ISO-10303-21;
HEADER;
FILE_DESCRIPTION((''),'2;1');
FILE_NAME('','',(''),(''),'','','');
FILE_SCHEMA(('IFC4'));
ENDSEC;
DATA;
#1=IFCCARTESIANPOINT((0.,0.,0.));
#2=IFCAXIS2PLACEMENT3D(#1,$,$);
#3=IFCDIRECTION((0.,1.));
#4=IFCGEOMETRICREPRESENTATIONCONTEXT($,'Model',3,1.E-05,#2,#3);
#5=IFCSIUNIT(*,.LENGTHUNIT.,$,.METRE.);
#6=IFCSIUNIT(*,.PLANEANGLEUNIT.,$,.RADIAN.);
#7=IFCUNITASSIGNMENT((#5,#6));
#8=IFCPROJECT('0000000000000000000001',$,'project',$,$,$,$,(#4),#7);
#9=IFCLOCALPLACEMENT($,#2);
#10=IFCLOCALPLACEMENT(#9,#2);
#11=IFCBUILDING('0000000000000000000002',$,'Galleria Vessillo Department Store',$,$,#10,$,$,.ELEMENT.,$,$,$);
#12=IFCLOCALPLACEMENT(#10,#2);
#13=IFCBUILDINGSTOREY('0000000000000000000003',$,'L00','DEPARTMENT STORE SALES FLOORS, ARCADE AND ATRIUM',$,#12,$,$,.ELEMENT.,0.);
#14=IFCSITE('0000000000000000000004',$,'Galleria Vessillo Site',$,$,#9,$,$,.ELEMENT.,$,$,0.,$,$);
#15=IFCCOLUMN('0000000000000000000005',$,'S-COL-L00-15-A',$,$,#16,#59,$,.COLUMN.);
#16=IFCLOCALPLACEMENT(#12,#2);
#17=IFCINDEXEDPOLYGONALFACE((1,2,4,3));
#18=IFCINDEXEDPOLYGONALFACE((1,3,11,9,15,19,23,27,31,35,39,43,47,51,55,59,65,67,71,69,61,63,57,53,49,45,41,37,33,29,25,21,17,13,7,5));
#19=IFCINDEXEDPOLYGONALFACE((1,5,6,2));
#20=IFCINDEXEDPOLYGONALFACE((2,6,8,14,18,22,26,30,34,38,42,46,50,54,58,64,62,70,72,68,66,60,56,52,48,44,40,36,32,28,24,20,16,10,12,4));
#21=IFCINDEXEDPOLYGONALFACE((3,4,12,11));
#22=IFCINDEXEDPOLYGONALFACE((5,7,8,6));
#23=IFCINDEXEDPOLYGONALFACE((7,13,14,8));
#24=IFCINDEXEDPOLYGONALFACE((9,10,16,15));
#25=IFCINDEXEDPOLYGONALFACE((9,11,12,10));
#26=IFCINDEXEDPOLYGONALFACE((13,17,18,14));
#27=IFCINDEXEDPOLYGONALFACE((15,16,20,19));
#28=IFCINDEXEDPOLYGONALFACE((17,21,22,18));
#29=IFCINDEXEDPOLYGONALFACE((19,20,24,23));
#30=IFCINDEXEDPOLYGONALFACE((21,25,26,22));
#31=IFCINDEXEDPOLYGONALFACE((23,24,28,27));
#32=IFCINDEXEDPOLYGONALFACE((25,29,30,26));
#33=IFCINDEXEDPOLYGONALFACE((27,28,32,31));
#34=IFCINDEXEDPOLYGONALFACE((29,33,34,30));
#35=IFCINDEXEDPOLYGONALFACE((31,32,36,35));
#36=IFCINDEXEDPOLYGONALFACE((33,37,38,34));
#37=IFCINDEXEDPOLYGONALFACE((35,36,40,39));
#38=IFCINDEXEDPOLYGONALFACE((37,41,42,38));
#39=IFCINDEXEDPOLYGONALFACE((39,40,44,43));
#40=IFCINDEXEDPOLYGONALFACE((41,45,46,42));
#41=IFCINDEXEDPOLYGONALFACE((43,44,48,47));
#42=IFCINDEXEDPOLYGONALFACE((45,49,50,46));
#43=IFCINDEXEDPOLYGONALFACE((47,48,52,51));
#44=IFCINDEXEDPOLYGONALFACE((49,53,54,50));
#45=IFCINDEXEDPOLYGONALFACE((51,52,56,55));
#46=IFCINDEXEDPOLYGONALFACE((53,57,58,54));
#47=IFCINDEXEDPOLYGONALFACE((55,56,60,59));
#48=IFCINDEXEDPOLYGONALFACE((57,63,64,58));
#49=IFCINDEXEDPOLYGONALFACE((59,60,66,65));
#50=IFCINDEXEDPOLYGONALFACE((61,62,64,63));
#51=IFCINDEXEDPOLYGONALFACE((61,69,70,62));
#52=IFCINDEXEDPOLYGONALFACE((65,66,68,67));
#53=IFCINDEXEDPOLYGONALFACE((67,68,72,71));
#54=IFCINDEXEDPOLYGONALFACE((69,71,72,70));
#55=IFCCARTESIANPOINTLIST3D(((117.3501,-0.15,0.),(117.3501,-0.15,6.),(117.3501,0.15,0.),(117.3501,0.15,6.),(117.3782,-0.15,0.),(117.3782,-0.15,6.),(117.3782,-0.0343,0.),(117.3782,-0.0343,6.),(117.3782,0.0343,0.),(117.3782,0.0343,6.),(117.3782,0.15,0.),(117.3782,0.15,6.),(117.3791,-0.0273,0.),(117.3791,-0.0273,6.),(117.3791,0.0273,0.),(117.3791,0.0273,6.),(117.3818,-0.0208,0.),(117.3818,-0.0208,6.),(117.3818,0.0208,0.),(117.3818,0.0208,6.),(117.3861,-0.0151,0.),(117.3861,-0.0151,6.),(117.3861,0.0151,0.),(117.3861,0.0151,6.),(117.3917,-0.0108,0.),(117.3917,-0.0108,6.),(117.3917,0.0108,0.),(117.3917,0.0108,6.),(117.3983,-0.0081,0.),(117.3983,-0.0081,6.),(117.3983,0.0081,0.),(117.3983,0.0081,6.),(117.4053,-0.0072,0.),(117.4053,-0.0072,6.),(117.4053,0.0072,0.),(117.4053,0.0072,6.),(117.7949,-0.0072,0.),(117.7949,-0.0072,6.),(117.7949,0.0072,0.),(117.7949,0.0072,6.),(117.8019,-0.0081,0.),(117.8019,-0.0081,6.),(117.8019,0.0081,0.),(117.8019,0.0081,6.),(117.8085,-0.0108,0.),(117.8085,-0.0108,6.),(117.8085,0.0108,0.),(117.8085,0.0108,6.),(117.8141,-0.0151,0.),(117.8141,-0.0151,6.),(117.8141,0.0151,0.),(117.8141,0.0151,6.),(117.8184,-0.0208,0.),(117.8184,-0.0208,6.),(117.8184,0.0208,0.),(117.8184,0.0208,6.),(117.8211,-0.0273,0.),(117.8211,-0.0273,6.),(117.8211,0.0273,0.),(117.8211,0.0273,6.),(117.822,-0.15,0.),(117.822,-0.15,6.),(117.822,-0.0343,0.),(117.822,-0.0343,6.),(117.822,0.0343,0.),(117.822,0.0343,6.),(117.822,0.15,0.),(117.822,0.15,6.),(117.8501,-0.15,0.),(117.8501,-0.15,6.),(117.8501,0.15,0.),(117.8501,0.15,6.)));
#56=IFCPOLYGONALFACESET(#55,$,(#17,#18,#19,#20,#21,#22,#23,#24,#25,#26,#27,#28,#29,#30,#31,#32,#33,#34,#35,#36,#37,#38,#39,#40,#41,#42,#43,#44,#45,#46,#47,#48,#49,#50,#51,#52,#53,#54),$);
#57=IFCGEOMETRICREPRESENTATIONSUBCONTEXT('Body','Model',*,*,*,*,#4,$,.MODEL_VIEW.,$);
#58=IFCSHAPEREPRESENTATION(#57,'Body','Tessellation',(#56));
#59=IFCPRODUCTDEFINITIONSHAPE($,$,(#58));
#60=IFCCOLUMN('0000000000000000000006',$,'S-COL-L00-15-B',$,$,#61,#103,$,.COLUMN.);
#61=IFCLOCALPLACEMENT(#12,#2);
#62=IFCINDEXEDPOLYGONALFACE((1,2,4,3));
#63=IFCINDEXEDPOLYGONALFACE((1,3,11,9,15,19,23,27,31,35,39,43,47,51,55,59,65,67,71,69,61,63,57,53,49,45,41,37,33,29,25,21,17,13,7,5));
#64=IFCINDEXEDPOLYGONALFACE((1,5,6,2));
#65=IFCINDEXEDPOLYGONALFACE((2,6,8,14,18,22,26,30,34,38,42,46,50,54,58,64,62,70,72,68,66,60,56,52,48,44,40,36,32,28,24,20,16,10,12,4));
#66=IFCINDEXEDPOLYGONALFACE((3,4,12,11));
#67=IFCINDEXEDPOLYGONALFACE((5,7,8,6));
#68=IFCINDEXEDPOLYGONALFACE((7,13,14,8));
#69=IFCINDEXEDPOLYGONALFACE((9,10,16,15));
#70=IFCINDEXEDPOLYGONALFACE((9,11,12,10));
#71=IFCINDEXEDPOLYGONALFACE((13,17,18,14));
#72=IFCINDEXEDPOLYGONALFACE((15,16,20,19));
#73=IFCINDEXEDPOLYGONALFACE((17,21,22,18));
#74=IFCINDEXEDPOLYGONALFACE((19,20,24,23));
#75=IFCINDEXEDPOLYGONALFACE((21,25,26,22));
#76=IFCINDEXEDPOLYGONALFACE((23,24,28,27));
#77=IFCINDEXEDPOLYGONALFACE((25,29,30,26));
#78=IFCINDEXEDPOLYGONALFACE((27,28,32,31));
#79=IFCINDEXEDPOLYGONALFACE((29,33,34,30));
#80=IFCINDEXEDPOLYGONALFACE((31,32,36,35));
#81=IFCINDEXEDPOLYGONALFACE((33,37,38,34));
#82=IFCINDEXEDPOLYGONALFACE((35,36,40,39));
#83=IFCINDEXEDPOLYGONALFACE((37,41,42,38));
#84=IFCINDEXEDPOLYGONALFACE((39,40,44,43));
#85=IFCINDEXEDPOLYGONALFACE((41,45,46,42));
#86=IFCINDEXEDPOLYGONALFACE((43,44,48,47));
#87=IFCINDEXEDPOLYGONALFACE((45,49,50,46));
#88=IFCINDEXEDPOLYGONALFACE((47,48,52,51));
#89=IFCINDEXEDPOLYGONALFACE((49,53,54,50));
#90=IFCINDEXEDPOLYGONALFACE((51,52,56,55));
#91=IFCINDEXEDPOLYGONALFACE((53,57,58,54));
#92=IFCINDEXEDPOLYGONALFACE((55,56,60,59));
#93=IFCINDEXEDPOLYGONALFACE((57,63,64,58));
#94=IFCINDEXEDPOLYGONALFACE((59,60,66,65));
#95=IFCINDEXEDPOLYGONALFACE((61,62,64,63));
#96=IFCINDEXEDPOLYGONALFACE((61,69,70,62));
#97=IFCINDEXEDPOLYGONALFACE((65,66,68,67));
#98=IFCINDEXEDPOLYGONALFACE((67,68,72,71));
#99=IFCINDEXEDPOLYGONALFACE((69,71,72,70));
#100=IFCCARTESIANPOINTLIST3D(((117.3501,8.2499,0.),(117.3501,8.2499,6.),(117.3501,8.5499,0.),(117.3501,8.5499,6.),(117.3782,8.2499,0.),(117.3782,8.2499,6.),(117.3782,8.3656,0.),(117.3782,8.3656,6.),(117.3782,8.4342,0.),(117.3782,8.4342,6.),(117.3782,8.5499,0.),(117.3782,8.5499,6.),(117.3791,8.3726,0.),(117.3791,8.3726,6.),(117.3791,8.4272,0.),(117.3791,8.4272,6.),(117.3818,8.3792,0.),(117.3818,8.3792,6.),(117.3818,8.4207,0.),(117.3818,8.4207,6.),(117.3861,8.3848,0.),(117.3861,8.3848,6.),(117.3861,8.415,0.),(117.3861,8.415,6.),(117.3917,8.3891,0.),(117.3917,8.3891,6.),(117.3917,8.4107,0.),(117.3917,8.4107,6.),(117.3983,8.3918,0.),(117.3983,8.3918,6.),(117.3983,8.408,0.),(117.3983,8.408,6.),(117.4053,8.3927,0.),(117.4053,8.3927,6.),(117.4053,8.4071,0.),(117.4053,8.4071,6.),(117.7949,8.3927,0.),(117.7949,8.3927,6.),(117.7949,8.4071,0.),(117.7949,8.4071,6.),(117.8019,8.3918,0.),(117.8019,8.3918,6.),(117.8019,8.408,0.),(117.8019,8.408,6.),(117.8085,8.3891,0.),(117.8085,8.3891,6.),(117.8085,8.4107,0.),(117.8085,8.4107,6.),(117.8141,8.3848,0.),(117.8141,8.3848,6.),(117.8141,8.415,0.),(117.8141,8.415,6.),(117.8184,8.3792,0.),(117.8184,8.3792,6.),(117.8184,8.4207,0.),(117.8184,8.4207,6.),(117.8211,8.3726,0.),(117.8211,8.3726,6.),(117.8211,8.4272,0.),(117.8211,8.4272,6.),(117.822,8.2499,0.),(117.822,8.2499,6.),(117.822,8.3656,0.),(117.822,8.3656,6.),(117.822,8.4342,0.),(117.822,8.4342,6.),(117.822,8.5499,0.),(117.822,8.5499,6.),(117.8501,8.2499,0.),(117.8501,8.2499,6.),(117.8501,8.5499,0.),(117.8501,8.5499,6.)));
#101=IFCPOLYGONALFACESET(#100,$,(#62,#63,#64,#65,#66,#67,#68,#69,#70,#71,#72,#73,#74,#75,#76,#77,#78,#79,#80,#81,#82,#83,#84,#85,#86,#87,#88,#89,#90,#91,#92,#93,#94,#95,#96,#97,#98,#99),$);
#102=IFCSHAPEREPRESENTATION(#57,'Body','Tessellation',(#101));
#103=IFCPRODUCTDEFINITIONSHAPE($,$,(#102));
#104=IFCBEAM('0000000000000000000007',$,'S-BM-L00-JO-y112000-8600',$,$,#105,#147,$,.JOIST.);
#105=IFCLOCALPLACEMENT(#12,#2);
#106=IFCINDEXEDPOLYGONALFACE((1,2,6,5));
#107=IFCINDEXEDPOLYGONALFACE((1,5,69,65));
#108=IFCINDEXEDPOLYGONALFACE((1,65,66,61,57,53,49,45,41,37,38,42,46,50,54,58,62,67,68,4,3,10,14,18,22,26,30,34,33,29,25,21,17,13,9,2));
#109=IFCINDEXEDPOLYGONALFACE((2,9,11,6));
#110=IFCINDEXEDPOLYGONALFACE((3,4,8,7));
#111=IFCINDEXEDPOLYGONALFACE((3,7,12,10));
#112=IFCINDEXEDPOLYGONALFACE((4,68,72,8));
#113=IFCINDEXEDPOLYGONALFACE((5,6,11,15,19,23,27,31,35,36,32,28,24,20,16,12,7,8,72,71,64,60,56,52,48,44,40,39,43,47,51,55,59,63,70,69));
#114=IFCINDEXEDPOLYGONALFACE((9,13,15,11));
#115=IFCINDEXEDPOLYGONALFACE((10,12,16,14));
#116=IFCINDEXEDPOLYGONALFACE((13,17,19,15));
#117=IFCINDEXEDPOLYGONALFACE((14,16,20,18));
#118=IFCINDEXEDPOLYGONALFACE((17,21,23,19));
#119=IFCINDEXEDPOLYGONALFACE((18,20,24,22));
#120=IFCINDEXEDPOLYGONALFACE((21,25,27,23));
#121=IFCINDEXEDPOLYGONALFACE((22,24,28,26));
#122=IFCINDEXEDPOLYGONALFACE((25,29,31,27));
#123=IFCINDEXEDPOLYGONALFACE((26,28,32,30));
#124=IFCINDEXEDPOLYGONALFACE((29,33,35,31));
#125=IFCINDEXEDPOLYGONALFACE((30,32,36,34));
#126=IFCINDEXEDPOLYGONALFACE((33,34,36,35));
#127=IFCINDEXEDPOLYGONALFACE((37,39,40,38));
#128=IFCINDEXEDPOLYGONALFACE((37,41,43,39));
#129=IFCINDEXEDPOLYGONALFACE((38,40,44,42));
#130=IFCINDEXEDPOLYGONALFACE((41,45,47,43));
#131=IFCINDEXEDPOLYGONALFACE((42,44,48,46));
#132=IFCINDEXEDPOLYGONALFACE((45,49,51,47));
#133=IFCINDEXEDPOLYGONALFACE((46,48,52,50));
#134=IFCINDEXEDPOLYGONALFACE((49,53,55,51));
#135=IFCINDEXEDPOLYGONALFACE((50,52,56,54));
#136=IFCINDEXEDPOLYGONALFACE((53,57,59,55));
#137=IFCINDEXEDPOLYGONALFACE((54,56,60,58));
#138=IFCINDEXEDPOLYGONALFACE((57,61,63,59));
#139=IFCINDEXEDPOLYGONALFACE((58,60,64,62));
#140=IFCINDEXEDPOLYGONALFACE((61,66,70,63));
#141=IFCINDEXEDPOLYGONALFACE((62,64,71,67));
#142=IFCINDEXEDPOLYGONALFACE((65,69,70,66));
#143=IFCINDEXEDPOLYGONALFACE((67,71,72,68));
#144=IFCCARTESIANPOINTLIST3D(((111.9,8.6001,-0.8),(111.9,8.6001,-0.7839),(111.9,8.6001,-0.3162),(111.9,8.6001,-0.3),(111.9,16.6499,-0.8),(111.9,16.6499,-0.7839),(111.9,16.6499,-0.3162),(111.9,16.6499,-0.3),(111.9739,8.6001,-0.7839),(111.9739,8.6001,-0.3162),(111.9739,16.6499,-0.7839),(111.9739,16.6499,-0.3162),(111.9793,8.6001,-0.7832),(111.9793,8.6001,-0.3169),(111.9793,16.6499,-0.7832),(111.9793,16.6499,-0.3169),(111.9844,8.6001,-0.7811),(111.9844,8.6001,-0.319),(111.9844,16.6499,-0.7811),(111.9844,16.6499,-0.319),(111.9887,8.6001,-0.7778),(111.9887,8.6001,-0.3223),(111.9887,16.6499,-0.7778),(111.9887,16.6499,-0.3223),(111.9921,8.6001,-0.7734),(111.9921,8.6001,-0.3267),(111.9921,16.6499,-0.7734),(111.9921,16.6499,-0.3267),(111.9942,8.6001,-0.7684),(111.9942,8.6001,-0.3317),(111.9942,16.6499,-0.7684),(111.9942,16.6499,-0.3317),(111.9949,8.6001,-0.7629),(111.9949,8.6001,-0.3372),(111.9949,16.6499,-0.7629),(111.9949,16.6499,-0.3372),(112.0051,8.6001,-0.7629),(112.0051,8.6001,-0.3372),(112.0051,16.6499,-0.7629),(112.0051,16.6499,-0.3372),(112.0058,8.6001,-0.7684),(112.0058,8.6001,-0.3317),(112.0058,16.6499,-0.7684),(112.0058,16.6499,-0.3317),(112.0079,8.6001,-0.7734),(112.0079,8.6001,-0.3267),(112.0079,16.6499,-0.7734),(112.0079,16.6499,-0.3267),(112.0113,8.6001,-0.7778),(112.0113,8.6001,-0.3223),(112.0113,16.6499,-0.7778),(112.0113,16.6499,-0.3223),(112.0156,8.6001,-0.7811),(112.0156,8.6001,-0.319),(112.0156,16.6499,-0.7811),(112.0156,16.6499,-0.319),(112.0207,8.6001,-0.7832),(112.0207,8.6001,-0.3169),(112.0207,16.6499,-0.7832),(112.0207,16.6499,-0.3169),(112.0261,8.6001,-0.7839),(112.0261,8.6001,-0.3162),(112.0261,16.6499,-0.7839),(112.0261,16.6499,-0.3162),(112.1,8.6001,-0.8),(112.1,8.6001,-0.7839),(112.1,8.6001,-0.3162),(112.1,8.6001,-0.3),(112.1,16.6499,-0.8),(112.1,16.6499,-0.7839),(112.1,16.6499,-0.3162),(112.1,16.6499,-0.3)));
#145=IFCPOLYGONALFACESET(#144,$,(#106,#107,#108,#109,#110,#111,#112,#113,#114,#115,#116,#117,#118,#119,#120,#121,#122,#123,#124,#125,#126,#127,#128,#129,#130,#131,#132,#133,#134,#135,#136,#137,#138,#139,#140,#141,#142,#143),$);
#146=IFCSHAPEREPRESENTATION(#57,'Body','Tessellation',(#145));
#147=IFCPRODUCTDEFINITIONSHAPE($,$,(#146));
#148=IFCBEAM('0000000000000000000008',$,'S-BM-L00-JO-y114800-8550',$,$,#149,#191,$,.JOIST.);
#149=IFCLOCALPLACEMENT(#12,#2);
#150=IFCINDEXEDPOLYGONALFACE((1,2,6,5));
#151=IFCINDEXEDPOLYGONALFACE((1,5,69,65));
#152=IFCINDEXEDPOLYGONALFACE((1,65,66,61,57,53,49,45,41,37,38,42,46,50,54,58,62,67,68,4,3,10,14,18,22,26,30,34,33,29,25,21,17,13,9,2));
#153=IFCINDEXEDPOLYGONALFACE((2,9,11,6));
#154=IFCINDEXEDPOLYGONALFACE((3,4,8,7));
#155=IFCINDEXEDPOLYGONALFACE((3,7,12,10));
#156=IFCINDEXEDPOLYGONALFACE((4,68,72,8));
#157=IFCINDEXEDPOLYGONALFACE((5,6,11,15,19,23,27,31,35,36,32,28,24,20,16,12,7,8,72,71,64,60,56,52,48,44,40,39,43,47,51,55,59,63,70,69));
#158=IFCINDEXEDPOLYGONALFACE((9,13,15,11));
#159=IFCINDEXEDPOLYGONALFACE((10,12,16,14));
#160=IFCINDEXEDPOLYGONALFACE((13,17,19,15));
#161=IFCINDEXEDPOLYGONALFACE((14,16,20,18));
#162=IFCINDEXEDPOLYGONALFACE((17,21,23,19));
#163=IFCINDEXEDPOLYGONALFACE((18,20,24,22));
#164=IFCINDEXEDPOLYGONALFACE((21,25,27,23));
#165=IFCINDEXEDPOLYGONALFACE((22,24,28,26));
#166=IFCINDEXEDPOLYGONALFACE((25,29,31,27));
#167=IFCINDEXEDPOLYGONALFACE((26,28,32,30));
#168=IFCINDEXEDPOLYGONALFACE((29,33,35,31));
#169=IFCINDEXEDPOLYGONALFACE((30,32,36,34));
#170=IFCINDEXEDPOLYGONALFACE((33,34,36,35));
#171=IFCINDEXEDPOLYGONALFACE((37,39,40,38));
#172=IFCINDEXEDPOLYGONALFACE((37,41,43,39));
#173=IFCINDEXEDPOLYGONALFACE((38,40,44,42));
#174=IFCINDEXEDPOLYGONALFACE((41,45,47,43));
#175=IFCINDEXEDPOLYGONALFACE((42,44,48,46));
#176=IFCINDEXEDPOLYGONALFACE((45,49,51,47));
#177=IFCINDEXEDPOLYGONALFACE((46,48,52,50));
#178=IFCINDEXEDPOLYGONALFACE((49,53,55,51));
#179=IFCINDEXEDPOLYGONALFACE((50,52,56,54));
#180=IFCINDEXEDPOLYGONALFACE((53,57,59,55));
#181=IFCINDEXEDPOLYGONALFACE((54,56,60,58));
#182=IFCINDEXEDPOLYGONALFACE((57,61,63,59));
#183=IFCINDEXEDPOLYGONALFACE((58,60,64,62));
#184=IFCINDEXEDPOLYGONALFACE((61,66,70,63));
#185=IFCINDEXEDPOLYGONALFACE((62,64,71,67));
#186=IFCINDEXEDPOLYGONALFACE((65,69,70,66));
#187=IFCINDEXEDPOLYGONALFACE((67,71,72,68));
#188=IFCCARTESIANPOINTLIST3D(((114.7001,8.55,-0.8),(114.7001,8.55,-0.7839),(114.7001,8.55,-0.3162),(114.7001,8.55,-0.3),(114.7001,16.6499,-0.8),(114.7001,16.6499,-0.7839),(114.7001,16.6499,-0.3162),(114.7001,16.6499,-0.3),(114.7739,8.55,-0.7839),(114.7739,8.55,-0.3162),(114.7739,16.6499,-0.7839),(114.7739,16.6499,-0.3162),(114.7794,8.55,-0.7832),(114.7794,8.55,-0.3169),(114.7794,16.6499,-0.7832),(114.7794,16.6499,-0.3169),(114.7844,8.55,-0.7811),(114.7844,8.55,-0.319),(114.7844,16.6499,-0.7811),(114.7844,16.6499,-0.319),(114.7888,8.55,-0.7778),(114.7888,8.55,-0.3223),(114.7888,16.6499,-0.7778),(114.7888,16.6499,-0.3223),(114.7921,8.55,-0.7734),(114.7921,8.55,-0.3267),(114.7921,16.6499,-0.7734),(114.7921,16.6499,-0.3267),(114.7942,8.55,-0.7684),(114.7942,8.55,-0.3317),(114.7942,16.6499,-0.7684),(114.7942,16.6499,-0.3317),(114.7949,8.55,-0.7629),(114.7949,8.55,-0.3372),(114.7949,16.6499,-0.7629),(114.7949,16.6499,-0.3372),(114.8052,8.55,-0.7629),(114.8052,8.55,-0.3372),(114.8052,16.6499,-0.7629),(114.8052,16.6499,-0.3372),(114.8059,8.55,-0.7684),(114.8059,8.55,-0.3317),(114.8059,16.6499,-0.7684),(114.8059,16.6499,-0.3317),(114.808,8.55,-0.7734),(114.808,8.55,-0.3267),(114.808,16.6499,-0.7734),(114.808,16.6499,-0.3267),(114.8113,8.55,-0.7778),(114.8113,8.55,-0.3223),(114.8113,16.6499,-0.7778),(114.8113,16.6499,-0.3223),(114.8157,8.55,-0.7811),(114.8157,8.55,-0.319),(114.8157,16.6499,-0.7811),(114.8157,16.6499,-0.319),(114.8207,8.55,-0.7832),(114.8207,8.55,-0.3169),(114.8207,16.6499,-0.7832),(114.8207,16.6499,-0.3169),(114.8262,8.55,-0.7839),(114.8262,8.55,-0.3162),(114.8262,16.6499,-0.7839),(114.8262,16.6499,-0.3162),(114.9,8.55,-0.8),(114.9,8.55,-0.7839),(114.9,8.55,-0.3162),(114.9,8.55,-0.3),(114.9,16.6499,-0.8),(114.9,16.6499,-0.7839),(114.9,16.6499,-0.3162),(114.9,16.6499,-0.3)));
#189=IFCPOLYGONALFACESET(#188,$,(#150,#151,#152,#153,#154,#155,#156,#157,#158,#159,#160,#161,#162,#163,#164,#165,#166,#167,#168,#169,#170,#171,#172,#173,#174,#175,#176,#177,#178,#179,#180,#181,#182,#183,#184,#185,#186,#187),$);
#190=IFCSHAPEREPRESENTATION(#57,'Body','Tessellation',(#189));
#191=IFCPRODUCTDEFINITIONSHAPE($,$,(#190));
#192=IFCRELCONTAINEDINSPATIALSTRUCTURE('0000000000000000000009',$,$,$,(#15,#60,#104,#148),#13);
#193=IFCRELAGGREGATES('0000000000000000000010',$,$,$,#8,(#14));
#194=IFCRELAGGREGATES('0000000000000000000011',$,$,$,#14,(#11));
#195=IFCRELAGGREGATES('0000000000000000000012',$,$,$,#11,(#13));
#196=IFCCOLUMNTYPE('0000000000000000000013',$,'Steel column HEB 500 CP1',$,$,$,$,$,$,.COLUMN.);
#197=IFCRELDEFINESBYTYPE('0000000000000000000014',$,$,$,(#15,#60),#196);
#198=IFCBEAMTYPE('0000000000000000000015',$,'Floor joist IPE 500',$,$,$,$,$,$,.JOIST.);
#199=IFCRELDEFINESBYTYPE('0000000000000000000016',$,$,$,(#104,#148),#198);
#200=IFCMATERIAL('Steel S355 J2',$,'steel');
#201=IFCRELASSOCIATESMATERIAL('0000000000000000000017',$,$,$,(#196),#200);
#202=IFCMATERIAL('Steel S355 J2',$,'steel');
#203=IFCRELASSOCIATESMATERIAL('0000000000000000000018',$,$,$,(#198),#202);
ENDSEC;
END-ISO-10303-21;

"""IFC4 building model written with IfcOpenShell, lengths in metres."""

from ifc_helpers import new_model, si_unit, direction, frame, origin, origin_2d, place, context, subcontext, project, spatial, i_section, extrude, material, material_profile, profile_set, type_object, element, save


model = new_model("IFC4")

# Units and contexts
model_context = context("Model", 3, precision=1e-05, world=origin(), true_north=direction((0.0, 1.0)))
body_context = subcontext(model_context, "Body", "Model", "MODEL_VIEW")
ifc_project = project(units=[si_unit("LENGTHUNIT", "METRE"), si_unit("PLANEANGLEUNIT", "RADIAN")], contexts=[model_context])

# Site, building, storey
site_placement = place(None, origin())
site = spatial("IfcSite", under=ifc_project, at=site_placement, Name="Galleria Vessillo Site", CompositionType="ELEMENT", RefElevation=0.0)
building_placement = place(site_placement, origin())
building = spatial("IfcBuilding", under=site, at=building_placement, Name="Galleria Vessillo Department Store", CompositionType="ELEMENT")
storey_placement = place(building_placement, origin())
storey = spatial("IfcBuildingStorey", under=building, at=storey_placement, Name="L00", Description="DEPARTMENT STORE SALES FLOORS, ARCADE AND ATRIUM", CompositionType="ELEMENT", Elevation=0.0)

# Columns
ifc_material_1 = material(Name="Steel S355 J2", Category="steel")
ifc_material_profile_1 = material_profile(ifc_material_1, i_section(OverallWidth=0.3, OverallDepth=0.5, WebThickness=0.0144, FlangeThickness=0.0281, FilletRadius=0.0271, at=origin_2d()), Name="HEB 500")
ifc_profile_set_1 = profile_set([ifc_material_profile_1], Name="Steel S355 J2")
column_type = type_object("IfcColumnType", Name="Steel column HEB 500 CP1", PredefinedType="COLUMN", material=ifc_profile_set_1)
for number, where, z_axis, x_axis, name in (
    (1, (117.6001, 0.0, 0.0), (0.0, 0.0, 1.0), (0.0, 1.0, 0.0), "S-COL-L00-15-A"),
    (2, (117.6001, 8.3999, 0.0), (0.0, 0.0, 1.0), (0.0, 1.0, 0.0), "S-COL-L00-15-B"),
):
    element("IfcColumn", number, at=place(storey_placement, frame(where, z_axis=z_axis, x_axis=x_axis)), inside=storey, type_object=column_type, Name=name, PredefinedType="COLUMN", context=body_context, shape_type="SweptSolid", body=[
        extrude(i_section(OverallWidth=0.3, OverallDepth=0.5, WebThickness=0.0144, FlangeThickness=0.0281, FilletRadius=0.0271, at=origin_2d()), origin(), (0.0, 0.0, 1.0), 6.0),
    ])

# Beams
ifc_material_2 = material(Name="Steel S355 J2", Category="steel")
ifc_material_profile_2 = material_profile(ifc_material_2, i_section(OverallWidth=0.2, OverallDepth=0.5, WebThickness=0.0103, FlangeThickness=0.0161, FilletRadius=0.021, at=origin_2d()), Name="IPE 500")
ifc_profile_set_2 = profile_set([ifc_material_profile_2], Name="Steel S355 J2")
beam_type = type_object("IfcBeamType", Name="Floor joist IPE 500", PredefinedType="JOIST", material=ifc_profile_set_2)
beam_1_placement = place(storey_placement, frame((112.0, 8.6001, -0.55), z_axis=(0.0, 1.0, 0.0), x_axis=(-1.0, 0.0, 0.0)))
element("IfcBeam", 3, at=beam_1_placement, inside=storey, type_object=beam_type, Name="S-BM-L00-JO-y112000-8600", PredefinedType="JOIST", context=body_context, shape_type="SweptSolid", body=[
    extrude(i_section(OverallWidth=0.2, OverallDepth=0.5, WebThickness=0.0103, FlangeThickness=0.0161, FilletRadius=0.021, at=origin_2d()), origin(), (0.0, 0.0, 1.0), 8.0498),
])
beam_2_placement = place(storey_placement, frame((114.8, 8.55, -0.55), z_axis=(0.0, 1.0, 0.0), x_axis=(-1.0, 0.0, 0.0)))
element("IfcBeam", 4, at=beam_2_placement, inside=storey, type_object=beam_type, Name="S-BM-L00-JO-y114800-8550", PredefinedType="JOIST", context=body_context, shape_type="SweptSolid", body=[
    extrude(i_section(OverallWidth=0.2, OverallDepth=0.5, WebThickness=0.0103, FlangeThickness=0.0161, FilletRadius=0.021, at=origin_2d()), origin(), (0.0, 0.0, 1.0), 8.0999),
])

save(model, "model.ifc")
